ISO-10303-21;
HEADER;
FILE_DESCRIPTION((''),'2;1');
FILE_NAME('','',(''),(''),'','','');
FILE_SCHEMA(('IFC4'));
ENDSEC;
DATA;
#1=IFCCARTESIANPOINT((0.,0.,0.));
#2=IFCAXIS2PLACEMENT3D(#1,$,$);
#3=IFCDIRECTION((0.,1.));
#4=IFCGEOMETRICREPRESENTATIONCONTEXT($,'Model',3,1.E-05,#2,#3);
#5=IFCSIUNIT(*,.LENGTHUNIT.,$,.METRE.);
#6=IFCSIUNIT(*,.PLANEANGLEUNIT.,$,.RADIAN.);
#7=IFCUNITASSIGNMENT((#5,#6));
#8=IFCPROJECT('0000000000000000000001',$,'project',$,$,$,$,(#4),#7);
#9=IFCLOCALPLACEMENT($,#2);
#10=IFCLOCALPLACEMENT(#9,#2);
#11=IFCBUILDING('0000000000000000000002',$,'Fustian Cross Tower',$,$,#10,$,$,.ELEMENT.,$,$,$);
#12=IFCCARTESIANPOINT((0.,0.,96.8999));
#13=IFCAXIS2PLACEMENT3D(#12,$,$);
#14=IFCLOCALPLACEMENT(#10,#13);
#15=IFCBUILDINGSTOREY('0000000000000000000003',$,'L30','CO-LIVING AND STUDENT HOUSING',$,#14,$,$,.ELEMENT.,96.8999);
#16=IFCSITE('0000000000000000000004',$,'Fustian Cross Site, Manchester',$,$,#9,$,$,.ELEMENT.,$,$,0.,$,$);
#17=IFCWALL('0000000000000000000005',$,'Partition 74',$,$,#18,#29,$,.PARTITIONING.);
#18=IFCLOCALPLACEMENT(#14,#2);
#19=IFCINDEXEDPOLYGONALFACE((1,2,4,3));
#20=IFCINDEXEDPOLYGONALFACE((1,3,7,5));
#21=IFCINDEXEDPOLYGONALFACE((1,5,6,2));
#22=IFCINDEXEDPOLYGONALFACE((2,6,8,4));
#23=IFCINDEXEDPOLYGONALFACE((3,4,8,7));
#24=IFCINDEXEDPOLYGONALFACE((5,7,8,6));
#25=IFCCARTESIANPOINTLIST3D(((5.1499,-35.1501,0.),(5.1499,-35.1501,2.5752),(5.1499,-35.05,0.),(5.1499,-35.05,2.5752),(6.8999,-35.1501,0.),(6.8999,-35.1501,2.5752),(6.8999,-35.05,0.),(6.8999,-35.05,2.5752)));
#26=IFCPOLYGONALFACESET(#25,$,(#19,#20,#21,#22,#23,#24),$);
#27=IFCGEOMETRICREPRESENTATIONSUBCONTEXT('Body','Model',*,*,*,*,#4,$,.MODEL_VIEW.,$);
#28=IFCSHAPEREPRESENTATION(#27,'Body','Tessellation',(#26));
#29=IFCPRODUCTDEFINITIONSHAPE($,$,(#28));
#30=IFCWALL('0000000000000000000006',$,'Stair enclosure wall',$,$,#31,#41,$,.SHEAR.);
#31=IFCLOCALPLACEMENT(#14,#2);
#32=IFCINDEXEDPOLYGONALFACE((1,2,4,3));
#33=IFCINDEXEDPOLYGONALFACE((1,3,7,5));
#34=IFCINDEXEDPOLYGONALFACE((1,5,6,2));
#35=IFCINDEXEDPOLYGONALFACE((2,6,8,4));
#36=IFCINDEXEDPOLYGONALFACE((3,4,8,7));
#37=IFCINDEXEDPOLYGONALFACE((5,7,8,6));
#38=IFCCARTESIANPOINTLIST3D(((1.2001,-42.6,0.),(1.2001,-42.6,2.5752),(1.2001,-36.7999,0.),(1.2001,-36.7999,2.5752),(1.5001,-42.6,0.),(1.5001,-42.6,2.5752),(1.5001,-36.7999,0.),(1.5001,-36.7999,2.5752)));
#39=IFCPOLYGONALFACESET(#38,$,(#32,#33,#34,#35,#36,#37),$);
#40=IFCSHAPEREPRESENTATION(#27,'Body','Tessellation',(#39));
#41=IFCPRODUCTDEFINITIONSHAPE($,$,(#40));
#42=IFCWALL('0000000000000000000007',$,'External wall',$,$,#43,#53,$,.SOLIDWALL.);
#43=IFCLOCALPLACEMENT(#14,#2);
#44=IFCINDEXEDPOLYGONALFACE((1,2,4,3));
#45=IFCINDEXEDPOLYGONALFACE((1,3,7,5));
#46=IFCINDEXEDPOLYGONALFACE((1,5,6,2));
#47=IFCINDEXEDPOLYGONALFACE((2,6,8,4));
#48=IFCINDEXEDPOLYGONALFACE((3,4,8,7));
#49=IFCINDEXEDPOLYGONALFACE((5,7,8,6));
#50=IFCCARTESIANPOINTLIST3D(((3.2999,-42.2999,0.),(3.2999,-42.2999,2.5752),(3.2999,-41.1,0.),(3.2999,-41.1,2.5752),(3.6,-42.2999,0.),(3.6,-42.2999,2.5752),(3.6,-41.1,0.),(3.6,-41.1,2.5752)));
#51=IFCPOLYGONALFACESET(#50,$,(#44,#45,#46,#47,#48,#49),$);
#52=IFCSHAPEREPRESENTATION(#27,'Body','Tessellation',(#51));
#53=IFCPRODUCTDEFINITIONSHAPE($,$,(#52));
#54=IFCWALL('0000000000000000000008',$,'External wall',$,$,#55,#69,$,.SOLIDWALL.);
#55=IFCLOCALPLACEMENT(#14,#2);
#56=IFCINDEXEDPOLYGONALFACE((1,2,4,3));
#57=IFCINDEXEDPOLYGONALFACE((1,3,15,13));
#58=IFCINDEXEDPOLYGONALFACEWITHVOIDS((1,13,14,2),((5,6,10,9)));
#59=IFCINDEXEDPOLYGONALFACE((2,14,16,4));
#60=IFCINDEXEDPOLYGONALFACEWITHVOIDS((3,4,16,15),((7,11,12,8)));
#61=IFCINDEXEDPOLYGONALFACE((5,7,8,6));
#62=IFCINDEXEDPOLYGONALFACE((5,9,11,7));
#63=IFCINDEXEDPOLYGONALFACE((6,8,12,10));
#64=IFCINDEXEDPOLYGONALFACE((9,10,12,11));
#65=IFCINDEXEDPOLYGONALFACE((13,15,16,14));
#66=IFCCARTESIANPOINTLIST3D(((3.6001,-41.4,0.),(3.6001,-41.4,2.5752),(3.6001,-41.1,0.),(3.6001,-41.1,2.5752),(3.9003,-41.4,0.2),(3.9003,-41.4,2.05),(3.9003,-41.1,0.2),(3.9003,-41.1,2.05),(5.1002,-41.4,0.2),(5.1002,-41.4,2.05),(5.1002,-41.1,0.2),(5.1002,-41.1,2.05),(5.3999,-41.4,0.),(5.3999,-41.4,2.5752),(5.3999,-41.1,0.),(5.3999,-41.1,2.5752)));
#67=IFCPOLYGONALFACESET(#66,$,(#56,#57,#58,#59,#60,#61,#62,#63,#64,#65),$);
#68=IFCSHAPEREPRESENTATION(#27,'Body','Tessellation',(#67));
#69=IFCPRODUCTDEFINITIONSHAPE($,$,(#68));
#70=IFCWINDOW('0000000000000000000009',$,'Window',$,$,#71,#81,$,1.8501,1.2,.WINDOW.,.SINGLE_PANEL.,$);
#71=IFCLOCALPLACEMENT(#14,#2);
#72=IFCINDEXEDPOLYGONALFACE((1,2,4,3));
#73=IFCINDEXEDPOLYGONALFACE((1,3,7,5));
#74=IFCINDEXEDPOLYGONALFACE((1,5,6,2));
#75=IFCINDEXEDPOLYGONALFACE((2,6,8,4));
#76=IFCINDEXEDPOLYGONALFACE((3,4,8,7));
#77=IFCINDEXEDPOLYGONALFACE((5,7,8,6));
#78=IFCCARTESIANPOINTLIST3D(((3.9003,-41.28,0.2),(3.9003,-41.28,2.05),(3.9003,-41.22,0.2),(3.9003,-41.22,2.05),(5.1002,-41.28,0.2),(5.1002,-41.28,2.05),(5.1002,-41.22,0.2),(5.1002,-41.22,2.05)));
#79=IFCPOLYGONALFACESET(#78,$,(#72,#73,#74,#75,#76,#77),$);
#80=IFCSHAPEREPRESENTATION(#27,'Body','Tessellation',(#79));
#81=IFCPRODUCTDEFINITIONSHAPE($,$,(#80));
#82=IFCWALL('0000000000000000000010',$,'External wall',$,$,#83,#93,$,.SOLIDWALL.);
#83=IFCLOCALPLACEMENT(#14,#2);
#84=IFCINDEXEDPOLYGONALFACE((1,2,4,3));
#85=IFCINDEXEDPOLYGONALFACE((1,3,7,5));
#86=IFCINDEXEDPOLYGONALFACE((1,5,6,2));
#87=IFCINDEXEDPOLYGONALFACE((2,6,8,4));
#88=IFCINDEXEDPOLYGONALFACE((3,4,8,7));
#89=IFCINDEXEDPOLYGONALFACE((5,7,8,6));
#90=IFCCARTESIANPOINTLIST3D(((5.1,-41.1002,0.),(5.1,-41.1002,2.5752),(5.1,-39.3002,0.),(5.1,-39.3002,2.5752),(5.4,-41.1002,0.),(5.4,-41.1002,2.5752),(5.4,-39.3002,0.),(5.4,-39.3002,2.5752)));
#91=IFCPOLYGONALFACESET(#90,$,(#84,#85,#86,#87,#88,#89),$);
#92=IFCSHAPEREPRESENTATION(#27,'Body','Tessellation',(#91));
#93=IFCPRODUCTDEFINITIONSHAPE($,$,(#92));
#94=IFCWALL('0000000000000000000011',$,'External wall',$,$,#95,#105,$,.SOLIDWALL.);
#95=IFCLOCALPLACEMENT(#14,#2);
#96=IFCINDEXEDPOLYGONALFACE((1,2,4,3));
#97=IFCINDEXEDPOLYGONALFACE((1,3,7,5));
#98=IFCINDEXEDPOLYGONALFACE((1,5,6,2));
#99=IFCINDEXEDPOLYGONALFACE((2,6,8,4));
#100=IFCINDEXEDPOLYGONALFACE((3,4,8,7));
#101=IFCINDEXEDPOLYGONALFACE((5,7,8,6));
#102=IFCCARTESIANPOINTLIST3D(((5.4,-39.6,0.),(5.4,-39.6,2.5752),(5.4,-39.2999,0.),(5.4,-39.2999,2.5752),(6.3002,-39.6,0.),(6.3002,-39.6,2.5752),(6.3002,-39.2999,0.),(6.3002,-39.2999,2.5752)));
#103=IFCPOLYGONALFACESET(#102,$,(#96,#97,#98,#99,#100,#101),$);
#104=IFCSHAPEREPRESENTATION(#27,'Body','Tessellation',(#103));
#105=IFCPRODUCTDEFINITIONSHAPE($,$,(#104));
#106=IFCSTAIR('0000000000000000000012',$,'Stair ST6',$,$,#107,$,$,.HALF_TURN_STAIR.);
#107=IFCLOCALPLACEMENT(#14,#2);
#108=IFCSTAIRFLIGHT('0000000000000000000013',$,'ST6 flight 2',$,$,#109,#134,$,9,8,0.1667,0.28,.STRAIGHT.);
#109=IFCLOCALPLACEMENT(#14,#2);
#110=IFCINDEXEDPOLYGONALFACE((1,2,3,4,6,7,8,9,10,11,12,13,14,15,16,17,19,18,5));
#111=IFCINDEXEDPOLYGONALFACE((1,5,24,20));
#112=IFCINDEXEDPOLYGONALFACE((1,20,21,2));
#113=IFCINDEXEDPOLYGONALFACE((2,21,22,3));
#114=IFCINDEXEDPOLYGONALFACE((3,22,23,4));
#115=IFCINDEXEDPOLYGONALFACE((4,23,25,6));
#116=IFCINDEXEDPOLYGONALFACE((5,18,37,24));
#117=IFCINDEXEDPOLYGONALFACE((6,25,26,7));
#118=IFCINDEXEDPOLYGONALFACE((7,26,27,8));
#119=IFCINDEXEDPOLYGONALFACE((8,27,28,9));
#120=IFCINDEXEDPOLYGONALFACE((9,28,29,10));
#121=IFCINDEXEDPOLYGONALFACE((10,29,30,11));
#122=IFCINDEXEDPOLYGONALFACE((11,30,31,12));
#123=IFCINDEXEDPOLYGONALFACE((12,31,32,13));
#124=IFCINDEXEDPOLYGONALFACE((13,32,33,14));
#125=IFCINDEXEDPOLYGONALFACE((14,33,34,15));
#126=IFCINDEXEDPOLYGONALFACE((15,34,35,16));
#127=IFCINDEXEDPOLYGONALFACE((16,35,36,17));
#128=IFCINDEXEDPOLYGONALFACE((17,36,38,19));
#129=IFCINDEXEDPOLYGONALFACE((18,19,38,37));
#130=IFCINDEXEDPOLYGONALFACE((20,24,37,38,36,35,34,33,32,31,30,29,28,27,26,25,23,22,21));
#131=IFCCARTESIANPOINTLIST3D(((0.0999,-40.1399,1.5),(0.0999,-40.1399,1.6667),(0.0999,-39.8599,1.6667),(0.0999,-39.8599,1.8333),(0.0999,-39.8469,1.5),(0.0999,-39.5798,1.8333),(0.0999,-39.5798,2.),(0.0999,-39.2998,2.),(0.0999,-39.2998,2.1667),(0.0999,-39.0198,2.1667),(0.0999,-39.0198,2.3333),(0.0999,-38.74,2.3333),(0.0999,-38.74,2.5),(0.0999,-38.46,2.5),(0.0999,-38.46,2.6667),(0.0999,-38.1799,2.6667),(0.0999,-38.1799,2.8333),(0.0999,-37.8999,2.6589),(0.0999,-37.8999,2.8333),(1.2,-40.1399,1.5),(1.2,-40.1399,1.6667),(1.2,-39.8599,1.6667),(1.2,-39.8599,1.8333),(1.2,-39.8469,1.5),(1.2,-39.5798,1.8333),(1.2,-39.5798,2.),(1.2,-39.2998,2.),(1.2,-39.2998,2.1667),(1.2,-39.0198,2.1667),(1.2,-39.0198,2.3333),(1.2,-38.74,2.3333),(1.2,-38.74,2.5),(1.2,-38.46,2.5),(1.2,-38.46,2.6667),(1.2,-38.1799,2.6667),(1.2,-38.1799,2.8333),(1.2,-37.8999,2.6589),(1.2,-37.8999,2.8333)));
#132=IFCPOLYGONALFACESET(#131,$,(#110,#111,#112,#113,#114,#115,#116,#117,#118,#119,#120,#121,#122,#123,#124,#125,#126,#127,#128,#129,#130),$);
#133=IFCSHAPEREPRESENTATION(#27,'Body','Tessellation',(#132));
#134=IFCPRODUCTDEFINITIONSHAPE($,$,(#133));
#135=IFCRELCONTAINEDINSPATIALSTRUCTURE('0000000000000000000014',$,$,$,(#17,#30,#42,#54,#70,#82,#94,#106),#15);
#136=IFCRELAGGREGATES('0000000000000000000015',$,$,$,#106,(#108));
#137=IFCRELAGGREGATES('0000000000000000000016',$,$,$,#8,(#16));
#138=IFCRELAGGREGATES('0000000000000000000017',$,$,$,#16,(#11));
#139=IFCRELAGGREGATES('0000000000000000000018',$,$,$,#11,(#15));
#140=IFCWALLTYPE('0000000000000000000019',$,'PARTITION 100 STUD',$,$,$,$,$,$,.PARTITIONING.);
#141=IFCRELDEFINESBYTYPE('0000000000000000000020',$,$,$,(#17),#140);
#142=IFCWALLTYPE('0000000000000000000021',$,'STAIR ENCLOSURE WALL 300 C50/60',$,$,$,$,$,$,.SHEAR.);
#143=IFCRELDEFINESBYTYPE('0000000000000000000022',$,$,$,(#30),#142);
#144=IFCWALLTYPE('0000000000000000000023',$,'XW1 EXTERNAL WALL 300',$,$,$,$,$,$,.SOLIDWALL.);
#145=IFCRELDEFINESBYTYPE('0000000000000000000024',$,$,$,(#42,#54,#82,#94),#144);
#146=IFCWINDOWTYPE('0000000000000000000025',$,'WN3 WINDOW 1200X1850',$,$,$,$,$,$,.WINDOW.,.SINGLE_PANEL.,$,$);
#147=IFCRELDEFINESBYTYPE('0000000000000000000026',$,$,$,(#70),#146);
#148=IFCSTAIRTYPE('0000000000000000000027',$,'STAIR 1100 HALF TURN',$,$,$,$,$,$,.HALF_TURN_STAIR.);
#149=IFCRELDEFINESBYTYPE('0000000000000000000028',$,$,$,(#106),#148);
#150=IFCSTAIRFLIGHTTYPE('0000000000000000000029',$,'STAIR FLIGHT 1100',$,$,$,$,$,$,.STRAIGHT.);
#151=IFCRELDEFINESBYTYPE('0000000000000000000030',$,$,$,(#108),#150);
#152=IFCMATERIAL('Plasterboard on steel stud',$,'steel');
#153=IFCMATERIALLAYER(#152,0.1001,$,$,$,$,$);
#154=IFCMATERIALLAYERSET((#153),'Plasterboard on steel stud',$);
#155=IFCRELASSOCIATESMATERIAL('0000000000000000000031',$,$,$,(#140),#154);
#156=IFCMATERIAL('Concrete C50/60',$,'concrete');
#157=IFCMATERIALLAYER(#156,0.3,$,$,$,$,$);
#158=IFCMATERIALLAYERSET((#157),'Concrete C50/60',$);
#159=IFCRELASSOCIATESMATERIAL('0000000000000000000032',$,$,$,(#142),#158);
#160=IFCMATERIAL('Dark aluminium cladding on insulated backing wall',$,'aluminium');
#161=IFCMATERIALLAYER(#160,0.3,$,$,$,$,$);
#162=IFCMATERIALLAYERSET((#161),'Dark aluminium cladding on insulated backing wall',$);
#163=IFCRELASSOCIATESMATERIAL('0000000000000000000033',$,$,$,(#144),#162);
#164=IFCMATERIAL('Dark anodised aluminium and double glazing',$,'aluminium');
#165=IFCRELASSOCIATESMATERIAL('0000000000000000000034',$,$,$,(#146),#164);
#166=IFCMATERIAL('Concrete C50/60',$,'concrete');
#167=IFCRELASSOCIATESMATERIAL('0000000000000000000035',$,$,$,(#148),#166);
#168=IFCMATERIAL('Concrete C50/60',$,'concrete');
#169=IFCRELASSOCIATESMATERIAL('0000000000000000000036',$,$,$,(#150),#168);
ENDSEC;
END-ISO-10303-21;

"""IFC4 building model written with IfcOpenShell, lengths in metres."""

from ifc_helpers import new_model, si_unit, direction, frame, frame_2d, origin, place, context, subcontext, project, spatial, polyline, rectangle, outline, extrude, material, layer, layer_set, type_object, element, fill, aggregate, save


model = new_model("IFC4")

# Units and contexts
model_context = context("Model", 3, precision=1e-05, world=origin(), true_north=direction((0.0, 1.0)))
body_context = subcontext(model_context, "Body", "Model", "MODEL_VIEW")
ifc_project = project(units=[si_unit("LENGTHUNIT", "METRE"), si_unit("PLANEANGLEUNIT", "RADIAN")], contexts=[model_context])

# Site, building, storey
site_placement = place(None, origin())
site = spatial("IfcSite", under=ifc_project, at=site_placement, Name="Fustian Cross Site, Manchester", CompositionType="ELEMENT", RefElevation=0.0)
building_placement = place(site_placement, origin())
building = spatial("IfcBuilding", under=site, at=building_placement, Name="Fustian Cross Tower", CompositionType="ELEMENT")
storey_placement = place(building_placement, frame((0.0, 0.0, 96.8999)))
storey = spatial("IfcBuildingStorey", under=building, at=storey_placement, Name="L30", Description="CO-LIVING AND STUDENT HOUSING", CompositionType="ELEMENT", Elevation=96.8999)

# Shared definitions
ifc_material_1 = material(Name="Plasterboard on steel stud", Category="steel")
ifc_layer_1 = layer(ifc_material_1, 0.1001)
ifc_layer_set_1 = layer_set([ifc_layer_1], Name="Plasterboard on steel stud")
wall_type_1 = type_object("IfcWallType", Name="PARTITION 100 STUD", PredefinedType="PARTITIONING", material=ifc_layer_set_1)

# Walls
wall_1_placement = place(storey_placement, frame((5.1499, -35.1001, 0.0), z_axis=(0.0, 0.0, 1.0), x_axis=(1.0, 0.0, 0.0)))
element("IfcWall", 1, at=wall_1_placement, inside=storey, type_object=wall_type_1, Name="Partition 74", PredefinedType="PARTITIONING", context=body_context, shape_type="SweptSolid", body=[
    extrude(rectangle(XDim=1.75, YDim=0.1001, at=frame_2d((0.875, 0.0))), origin(), (0.0, 0.0, 1.0), 2.5752),
])
ifc_material_2 = material(Name="Concrete C50/60", Category="concrete")
ifc_layer_2 = layer(ifc_material_2, 0.3)
ifc_layer_set_2 = layer_set([ifc_layer_2], Name="Concrete C50/60")
wall_type_2 = type_object("IfcWallType", Name="STAIR ENCLOSURE WALL 300 C50/60", PredefinedType="SHEAR", material=ifc_layer_set_2)
wall_2_placement = place(storey_placement, frame((1.3501, -36.8, 0.0), z_axis=(0.0, 0.0, 1.0), x_axis=(0.0, -1.0, 0.0)))
element("IfcWall", 2, at=wall_2_placement, inside=storey, type_object=wall_type_2, Name="Stair enclosure wall", PredefinedType="SHEAR", context=body_context, shape_type="SweptSolid", body=[
    extrude(rectangle(XDim=5.8, YDim=0.3, at=frame_2d((2.8999, 0.0))), origin(), (0.0, 0.0, 1.0), 2.5752),
])
ifc_material_3 = material(Name="Dark aluminium cladding on insulated backing wall", Category="aluminium")
ifc_layer_3 = layer(ifc_material_3, 0.3)
ifc_layer_set_3 = layer_set([ifc_layer_3], Name="Dark aluminium cladding on insulated backing wall")
wall_type_3 = type_object("IfcWallType", Name="XW1 EXTERNAL WALL 300", PredefinedType="SOLIDWALL", material=ifc_layer_set_3)
wall_3_placement = place(storey_placement, frame((3.45, -42.3, 0.0), z_axis=(0.0, 0.0, 1.0), x_axis=(0.0, 1.0, 0.0)))
element("IfcWall", 3, at=wall_3_placement, inside=storey, type_object=wall_type_3, Name="External wall", PredefinedType="SOLIDWALL", context=body_context, shape_type="SweptSolid", body=[
    extrude(rectangle(XDim=1.2, YDim=0.3, at=frame_2d((0.6001, 0.0))), origin(), (0.0, 0.0, 1.0), 2.5752),
])

# Wall, opening, window
wall_4_placement = place(storey_placement, frame((3.6001, -41.25, 0.0), z_axis=(0.0, 0.0, 1.0), x_axis=(1.0, 0.0, 0.0)))
wall_4 = element("IfcWall", 4, at=wall_4_placement, inside=storey, type_object=wall_type_3, Name="External wall", PredefinedType="SOLIDWALL", context=body_context, shape_type="SweptSolid", body=[
    extrude(rectangle(XDim=1.7998, YDim=0.3, at=frame_2d((0.8999, 0.0))), origin(), (0.0, 0.0, 1.0), 2.5752),
])
opening_1_placement = place(wall_4_placement, frame((0.3, 0.0, 0.2)))
opening_1 = element("IfcOpeningElement", 5, at=opening_1_placement, cuts=wall_4, PredefinedType="OPENING", context=body_context, shape_type="SweptSolid", body=[
    extrude(rectangle(XDim=1.2, YDim=1.8501, at=frame_2d((0.6001, 0.925))), frame((0.0, 0.1599, 0.0), z_axis=(0.0, -1.0, 0.0), x_axis=(1.0, 0.0, 0.0)), (0.0, 0.0, 1.0), 0.3201),
])
ifc_material_4 = material(Name="Dark anodised aluminium and double glazing", Category="aluminium")
window_type = type_object("IfcWindowType", Name="WN3 WINDOW 1200X1850", PartitioningType="SINGLE_PANEL", PredefinedType="WINDOW", material=ifc_material_4)
window_placement = place(opening_1_placement, origin())
window = element("IfcWindow", 6, at=window_placement, inside=storey, type_object=window_type, Name="Window", OverallHeight=1.8501, OverallWidth=1.2, PartitioningType="SINGLE_PANEL", PredefinedType="WINDOW", context=body_context, shape_type="SweptSolid", body=[
    extrude(rectangle(XDim=1.2, YDim=1.8501, at=frame_2d((0.6001, 0.925))), frame((0.0, 0.03, 0.0), z_axis=(0.0, -1.0, 0.0), x_axis=(1.0, 0.0, 0.0)), (0.0, 0.0, 1.0), 0.0601),
])
fill(opening_1, window)

# Walls
wall_5_placement = place(storey_placement, frame((5.25, -41.1001, 0.0), z_axis=(0.0, 0.0, 1.0), x_axis=(0.0, 1.0, 0.0)))
element("IfcWall", 7, at=wall_5_placement, inside=storey, type_object=wall_type_3, Name="External wall", PredefinedType="SOLIDWALL", context=body_context, shape_type="SweptSolid", body=[
    extrude(rectangle(XDim=1.8, YDim=0.3, at=frame_2d((0.8999, 0.0))), origin(), (0.0, 0.0, 1.0), 2.5752),
])
wall_6_placement = place(storey_placement, frame((5.3999, -39.45, 0.0), z_axis=(0.0, 0.0, 1.0), x_axis=(1.0, 0.0, 0.0)))
element("IfcWall", 8, at=wall_6_placement, inside=storey, type_object=wall_type_3, Name="External wall", PredefinedType="SOLIDWALL", context=body_context, shape_type="SweptSolid", body=[
    extrude(rectangle(XDim=0.9001, YDim=0.3, at=frame_2d((0.4502, 0.0))), origin(), (0.0, 0.0, 1.0), 2.5752),
])

# Stair, stair flight
ifc_material_5 = material(Name="Concrete C50/60", Category="concrete")
stair_type = type_object("IfcStairType", Name="STAIR 1100 HALF TURN", PredefinedType="HALF_TURN_STAIR", material=ifc_material_5)
stair_placement = place(storey_placement, origin())
stair = element("IfcStair", 9, at=stair_placement, inside=storey, type_object=stair_type, Name="Stair ST6", PredefinedType="HALF_TURN_STAIR")
ifc_material_6 = material(Name="Concrete C50/60", Category="concrete")
stair_flight_type = type_object("IfcStairFlightType", Name="STAIR FLIGHT 1100", PredefinedType="STRAIGHT", material=ifc_material_6)
stair_flight_placement = place(storey_placement, frame((0.6499, -40.1399, 1.5), z_axis=(0.0, 0.0, 1.0), x_axis=(0.0, 1.0, 0.0)))
stair_flight = element("IfcStairFlight", 10, at=stair_flight_placement, type_object=stair_flight_type, Name="ST6 flight 2", NumberOfRisers=9, NumberOfTreads=8, PredefinedType="STRAIGHT", RiserHeight=0.1667, TreadLength=0.28, context=body_context, shape_type="SweptSolid", body=[
    extrude(outline(polyline([(0.0, 0.0), (0.0, 0.1667), (0.28, 0.1667), (0.28, 0.3333), (0.5601, 0.3333), (0.5601, 0.5), (0.8401, 0.5), (0.8401, 0.6667), (1.1201, 0.6667), (1.1201, 0.8333), (1.3999, 0.8333), (1.3999, 1.0), (1.6799, 1.0), (1.6799, 1.1667), (1.96, 1.1667), (1.96, 1.3333), (2.24, 1.3333), (2.24, 1.5), (2.24, 1.1589), (0.293, 0.0), (0.0, 0.0)])), frame((0.0, 0.55, 0.0), z_axis=(0.0, -1.0, 0.0), x_axis=(1.0, 0.0, 0.0)), (0.0, 0.0, 1.0), 1.1001),
])
aggregate(stair, [stair_flight])

save(model, "model.ifc")
